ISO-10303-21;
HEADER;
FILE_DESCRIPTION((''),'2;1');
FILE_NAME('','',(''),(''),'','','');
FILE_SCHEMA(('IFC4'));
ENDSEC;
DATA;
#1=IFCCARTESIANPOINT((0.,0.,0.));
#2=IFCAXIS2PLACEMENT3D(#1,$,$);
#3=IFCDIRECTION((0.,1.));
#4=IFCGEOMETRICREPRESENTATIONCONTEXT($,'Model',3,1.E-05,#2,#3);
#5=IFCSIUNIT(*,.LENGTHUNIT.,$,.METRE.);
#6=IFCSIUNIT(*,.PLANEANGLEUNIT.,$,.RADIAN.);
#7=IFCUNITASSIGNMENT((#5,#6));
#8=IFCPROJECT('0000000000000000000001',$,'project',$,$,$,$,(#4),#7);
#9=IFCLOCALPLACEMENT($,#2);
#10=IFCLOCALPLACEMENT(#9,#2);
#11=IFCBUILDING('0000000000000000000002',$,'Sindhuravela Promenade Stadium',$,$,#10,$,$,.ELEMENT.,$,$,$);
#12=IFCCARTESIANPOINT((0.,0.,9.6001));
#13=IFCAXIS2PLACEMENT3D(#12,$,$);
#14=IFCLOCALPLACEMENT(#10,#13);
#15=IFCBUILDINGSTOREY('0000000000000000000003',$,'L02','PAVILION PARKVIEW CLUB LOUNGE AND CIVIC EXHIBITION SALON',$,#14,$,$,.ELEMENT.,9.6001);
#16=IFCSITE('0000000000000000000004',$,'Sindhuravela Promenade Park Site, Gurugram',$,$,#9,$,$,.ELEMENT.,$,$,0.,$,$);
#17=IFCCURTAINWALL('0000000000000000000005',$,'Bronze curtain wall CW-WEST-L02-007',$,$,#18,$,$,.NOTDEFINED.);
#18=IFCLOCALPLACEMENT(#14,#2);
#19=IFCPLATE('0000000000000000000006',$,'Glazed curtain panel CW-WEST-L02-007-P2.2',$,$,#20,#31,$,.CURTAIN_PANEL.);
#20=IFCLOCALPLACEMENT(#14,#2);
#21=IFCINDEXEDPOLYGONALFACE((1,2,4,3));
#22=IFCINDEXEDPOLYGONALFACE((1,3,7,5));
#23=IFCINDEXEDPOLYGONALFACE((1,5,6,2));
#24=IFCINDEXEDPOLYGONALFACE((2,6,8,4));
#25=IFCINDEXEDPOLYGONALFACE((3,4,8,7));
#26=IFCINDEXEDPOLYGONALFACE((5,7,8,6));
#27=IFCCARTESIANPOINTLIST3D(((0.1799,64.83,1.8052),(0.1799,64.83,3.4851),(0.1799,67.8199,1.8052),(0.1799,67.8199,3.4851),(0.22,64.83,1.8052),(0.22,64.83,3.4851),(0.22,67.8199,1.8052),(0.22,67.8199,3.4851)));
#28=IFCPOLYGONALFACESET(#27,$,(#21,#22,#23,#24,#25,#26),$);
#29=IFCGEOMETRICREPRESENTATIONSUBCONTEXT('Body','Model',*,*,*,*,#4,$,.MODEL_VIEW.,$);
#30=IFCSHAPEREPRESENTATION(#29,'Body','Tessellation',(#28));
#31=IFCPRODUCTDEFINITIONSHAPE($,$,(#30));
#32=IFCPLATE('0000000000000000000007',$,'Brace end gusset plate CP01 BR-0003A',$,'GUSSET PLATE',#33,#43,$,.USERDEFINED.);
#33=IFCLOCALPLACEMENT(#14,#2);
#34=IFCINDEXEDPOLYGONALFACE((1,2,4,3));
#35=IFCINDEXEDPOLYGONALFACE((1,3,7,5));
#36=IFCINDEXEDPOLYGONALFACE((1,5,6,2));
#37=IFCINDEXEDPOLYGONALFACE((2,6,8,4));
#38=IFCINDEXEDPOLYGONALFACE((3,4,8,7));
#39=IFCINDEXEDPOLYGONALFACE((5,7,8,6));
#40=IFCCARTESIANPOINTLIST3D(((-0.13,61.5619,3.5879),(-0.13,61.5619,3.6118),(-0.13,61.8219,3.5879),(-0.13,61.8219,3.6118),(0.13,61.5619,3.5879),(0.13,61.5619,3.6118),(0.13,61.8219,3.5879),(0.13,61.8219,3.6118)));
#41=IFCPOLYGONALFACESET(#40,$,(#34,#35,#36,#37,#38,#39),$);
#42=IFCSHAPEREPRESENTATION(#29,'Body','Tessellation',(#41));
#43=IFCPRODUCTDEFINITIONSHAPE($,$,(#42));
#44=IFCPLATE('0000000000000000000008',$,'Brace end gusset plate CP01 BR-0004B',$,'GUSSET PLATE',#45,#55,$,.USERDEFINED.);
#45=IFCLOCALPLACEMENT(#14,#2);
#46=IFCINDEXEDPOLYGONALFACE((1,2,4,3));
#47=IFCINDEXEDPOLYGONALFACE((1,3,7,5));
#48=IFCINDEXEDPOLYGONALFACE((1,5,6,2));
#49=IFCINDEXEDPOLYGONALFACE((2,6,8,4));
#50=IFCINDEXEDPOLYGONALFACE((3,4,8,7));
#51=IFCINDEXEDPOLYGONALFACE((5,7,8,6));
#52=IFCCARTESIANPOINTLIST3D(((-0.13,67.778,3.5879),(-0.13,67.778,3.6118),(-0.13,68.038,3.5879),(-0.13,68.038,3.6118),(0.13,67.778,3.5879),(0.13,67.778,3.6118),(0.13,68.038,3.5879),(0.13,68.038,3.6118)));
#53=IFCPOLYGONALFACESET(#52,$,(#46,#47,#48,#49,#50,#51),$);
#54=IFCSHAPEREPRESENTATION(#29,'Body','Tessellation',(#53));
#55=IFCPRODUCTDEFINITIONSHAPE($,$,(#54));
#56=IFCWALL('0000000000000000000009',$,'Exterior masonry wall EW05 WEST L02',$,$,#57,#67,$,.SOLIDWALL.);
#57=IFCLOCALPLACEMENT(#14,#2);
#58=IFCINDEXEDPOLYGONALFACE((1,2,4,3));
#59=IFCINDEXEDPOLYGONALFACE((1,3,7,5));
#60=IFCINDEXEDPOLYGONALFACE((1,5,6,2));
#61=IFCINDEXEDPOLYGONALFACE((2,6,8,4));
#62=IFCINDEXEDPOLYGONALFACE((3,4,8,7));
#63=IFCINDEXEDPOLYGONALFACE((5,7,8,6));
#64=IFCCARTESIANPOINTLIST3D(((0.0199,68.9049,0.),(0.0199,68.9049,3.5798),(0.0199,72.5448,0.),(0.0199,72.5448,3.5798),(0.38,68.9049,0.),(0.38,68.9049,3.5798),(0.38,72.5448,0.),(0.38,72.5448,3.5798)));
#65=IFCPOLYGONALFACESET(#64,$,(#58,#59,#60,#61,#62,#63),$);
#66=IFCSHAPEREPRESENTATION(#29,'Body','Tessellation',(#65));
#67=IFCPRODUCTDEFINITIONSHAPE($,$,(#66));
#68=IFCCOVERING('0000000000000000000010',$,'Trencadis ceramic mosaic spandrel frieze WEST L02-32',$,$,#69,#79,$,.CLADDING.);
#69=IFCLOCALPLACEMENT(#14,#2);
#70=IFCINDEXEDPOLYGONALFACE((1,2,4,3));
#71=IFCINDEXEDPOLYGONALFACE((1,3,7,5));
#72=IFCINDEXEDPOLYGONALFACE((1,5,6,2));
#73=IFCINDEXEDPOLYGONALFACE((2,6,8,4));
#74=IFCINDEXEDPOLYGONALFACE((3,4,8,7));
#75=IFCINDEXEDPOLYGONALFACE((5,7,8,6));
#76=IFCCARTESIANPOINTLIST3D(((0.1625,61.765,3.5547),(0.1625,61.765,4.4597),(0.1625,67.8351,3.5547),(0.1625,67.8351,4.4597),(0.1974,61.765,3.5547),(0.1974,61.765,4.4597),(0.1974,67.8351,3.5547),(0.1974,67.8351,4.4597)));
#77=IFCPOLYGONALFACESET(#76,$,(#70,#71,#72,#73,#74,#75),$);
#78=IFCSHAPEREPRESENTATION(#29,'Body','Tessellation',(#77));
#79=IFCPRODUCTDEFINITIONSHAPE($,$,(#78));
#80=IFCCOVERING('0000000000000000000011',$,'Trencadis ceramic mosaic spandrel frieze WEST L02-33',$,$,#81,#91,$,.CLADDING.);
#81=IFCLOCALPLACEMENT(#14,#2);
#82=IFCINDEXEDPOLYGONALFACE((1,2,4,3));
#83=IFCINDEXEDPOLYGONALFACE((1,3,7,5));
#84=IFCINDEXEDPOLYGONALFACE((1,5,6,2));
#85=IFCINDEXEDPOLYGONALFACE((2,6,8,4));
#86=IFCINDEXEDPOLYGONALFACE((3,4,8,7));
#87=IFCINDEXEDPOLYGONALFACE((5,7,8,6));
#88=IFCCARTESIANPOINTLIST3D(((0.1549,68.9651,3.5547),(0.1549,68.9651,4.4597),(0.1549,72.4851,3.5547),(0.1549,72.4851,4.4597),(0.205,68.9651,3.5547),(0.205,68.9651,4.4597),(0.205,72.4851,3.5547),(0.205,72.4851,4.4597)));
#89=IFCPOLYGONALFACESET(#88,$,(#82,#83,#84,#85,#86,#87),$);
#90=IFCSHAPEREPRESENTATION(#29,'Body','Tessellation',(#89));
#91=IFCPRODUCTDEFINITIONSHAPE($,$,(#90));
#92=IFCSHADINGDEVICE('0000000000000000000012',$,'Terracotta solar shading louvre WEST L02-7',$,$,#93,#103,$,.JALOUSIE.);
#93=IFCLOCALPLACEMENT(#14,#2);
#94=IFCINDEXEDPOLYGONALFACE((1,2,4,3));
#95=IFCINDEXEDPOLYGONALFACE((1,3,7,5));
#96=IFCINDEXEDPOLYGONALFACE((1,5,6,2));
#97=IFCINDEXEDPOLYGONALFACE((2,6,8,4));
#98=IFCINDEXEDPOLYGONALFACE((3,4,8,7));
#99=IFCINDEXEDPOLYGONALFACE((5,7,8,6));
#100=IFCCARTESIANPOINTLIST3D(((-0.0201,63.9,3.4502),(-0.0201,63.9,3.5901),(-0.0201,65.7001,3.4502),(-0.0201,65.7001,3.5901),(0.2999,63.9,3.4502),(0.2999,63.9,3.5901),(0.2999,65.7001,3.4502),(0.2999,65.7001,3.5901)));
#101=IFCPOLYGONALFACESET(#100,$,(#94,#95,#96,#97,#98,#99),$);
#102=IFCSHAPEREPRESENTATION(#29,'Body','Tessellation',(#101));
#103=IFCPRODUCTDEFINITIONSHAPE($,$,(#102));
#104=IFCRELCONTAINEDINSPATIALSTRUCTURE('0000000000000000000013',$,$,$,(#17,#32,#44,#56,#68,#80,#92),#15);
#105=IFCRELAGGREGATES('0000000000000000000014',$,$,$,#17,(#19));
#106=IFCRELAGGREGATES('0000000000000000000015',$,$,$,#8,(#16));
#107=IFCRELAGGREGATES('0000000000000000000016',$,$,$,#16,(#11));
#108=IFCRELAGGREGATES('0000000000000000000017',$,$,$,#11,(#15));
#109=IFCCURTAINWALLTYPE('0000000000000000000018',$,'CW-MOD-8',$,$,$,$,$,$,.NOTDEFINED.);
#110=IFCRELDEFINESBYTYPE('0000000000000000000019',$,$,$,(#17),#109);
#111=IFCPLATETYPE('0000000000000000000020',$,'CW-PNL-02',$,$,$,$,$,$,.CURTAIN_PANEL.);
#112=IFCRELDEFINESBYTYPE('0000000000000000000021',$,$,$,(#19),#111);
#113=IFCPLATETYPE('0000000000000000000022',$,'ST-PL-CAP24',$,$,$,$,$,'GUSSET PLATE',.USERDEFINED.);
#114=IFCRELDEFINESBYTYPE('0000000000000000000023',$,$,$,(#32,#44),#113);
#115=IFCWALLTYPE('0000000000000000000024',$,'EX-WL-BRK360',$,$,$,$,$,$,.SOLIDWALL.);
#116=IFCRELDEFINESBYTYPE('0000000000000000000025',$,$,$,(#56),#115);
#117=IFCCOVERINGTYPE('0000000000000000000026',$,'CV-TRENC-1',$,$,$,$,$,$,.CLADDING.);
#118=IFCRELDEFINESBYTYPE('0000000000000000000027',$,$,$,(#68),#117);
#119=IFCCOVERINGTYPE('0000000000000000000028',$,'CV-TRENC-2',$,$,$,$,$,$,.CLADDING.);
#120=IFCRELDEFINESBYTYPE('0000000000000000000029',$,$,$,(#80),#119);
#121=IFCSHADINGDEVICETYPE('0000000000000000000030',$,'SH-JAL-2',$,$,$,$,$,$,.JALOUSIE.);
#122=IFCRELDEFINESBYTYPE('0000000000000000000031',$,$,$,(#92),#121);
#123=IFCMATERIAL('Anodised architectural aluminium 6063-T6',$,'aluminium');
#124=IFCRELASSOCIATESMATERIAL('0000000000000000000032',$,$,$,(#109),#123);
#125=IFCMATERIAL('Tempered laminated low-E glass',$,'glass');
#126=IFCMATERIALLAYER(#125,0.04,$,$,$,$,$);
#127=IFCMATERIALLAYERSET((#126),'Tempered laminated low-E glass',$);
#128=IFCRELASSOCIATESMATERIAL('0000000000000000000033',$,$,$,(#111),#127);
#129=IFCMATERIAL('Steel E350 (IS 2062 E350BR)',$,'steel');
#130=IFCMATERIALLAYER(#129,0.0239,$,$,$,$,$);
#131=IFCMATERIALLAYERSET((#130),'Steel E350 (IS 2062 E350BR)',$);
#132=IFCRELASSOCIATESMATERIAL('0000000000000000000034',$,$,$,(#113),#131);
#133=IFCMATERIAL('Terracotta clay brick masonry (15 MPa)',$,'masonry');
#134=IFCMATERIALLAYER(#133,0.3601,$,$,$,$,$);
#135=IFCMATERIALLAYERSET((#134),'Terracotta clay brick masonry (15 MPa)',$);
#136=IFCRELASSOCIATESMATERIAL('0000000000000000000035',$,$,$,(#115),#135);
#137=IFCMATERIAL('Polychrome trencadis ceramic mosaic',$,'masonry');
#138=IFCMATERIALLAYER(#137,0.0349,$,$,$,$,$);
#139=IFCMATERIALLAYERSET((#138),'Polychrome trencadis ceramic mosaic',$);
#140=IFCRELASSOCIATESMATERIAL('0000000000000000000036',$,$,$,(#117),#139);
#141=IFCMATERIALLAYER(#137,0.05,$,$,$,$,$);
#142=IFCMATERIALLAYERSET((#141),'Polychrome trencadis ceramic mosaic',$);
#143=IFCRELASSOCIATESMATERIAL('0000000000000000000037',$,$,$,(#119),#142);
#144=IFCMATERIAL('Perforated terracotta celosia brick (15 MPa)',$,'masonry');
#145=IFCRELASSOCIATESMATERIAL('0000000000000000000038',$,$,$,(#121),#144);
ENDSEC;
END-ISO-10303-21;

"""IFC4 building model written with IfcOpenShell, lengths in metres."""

from ifc_helpers import new_model, si_unit, direction, frame, frame_2d, origin, origin_2d, place, context, subcontext, project, spatial, rectangle, extrude, material, layer, layer_set, type_object, element, aggregate, save


model = new_model("IFC4")

# Units and contexts
model_context = context("Model", 3, precision=1e-05, world=origin(), true_north=direction((0.0, 1.0)))
body_context = subcontext(model_context, "Body", "Model", "MODEL_VIEW")
ifc_project = project(units=[si_unit("LENGTHUNIT", "METRE"), si_unit("PLANEANGLEUNIT", "RADIAN")], contexts=[model_context])

# Site, building, storey
site_placement = place(None, origin())
site = spatial("IfcSite", under=ifc_project, at=site_placement, Name="Sindhuravela Promenade Park Site, Gurugram", CompositionType="ELEMENT", RefElevation=0.0)
building_placement = place(site_placement, origin())
building = spatial("IfcBuilding", under=site, at=building_placement, Name="Sindhuravela Promenade Stadium", CompositionType="ELEMENT")
storey_placement = place(building_placement, frame((0.0, 0.0, 9.6001)))
storey = spatial("IfcBuildingStorey", under=building, at=storey_placement, Name="L02", Description="PAVILION PARKVIEW CLUB LOUNGE AND CIVIC EXHIBITION SALON", CompositionType="ELEMENT", Elevation=9.6001)

# Curtain wall
ifc_material_1 = material(Name="Anodised architectural aluminium 6063-T6", Category="aluminium")
curtain_wall_type = type_object("IfcCurtainWallType", Name="CW-MOD-8", PredefinedType="NOTDEFINED", material=ifc_material_1)
curtain_wall_placement = place(storey_placement, origin())
curtain_wall = element("IfcCurtainWall", 1, at=curtain_wall_placement, inside=storey, type_object=curtain_wall_type, Name="Bronze curtain wall CW-WEST-L02-007", PredefinedType="NOTDEFINED")

# Shared definitions
ifc_material_2 = material(Name="Steel E350 (IS 2062 E350BR)", Category="steel")

# Plate
ifc_material_3 = material(Name="Tempered laminated low-E glass", Category="glass")
ifc_layer_1 = layer(ifc_material_3, 0.04)
ifc_layer_set_1 = layer_set([ifc_layer_1], Name="Tempered laminated low-E glass")
plate_type_1 = type_object("IfcPlateType", Name="CW-PNL-02", PredefinedType="CURTAIN_PANEL", material=ifc_layer_set_1)
plate_1_placement = place(storey_placement, frame((0.2, 66.325, 1.8052), z_axis=(0.0, 0.0, 1.0), x_axis=(0.0, 1.0, 0.0)))
plate_1 = element("IfcPlate", 2, at=plate_1_placement, type_object=plate_type_1, Name="Glazed curtain panel CW-WEST-L02-007-P2.2", PredefinedType="CURTAIN_PANEL", context=body_context, shape_type="SweptSolid", body=[
    extrude(rectangle(XDim=2.99, YDim=0.04, at=origin_2d()), origin(), (0.0, 0.0, 1.0), 1.6799),
])
aggregate(curtain_wall, [plate_1])

# Plates
ifc_layer_2 = layer(ifc_material_2, 0.0239)
ifc_layer_set_2 = layer_set([ifc_layer_2], Name="Steel E350 (IS 2062 E350BR)")
plate_type_2 = type_object("IfcPlateType", Name="ST-PL-CAP24", ElementType="GUSSET PLATE", PredefinedType="USERDEFINED", material=ifc_layer_set_2)
for number, where, z_axis, x_axis, name in (
    (3, (0.0, 61.6919, 3.5879), (0.0, 0.0, 1.0), (1.0, 0.0, 0.0), "Brace end gusset plate CP01 BR-0003A"),
    (4, (0.0, 67.908, 3.5879), (0.0, 0.0, 1.0), (1.0, 0.0, 0.0), "Brace end gusset plate CP01 BR-0004B"),
):
    element("IfcPlate", number, at=place(storey_placement, frame(where, z_axis=z_axis, x_axis=x_axis)), inside=storey, type_object=plate_type_2, Name=name, ObjectType="GUSSET PLATE", PredefinedType="USERDEFINED", context=body_context, shape_type="SweptSolid", body=[
        extrude(rectangle(XDim=0.26, YDim=0.26, at=origin_2d()), origin(), (0.0, 0.0, 1.0), 0.0239),
    ])

# Wall
ifc_material_4 = material(Name="Terracotta clay brick masonry (15 MPa)", Category="masonry")
ifc_layer_3 = layer(ifc_material_4, 0.3601)
ifc_layer_set_3 = layer_set([ifc_layer_3], Name="Terracotta clay brick masonry (15 MPa)")
wall_type = type_object("IfcWallType", Name="EX-WL-BRK360", PredefinedType="SOLIDWALL", material=ifc_layer_set_3)
wall_placement = place(storey_placement, frame((0.2, 68.905, 0.0), z_axis=(0.0, 0.0, 1.0), x_axis=(0.0, 1.0, 0.0)))
element("IfcWall", 5, at=wall_placement, inside=storey, type_object=wall_type, Name="Exterior masonry wall EW05 WEST L02", PredefinedType="SOLIDWALL", context=body_context, shape_type="SweptSolid", body=[
    extrude(rectangle(XDim=3.6399, YDim=0.3601, at=frame_2d((1.8198, 0.0))), origin(), (0.0, 0.0, 1.0), 3.5798),
])

# Coverings
ifc_material_5 = material(Name="Polychrome trencadis ceramic mosaic", Category="masonry")
ifc_layer_4 = layer(ifc_material_5, 0.0349)
ifc_layer_set_4 = layer_set([ifc_layer_4], Name="Polychrome trencadis ceramic mosaic")
covering_type_1 = type_object("IfcCoveringType", Name="CV-TRENC-1", PredefinedType="CLADDING", material=ifc_layer_set_4)
covering_1_placement = place(storey_placement, frame((0.1799, 64.8, 3.5547), z_axis=(0.0, 0.0, 1.0), x_axis=(0.0, 1.0, 0.0)))
element("IfcCovering", 6, at=covering_1_placement, inside=storey, type_object=covering_type_1, Name="Trencadis ceramic mosaic spandrel frieze WEST L02-32", PredefinedType="CLADDING", context=body_context, shape_type="SweptSolid", body=[
    extrude(rectangle(XDim=6.0701, YDim=0.0349, at=origin_2d()), origin(), (0.0, 0.0, 1.0), 0.905),
])
ifc_layer_5 = layer(ifc_material_5, 0.05)
ifc_layer_set_5 = layer_set([ifc_layer_5], Name="Polychrome trencadis ceramic mosaic")
covering_type_2 = type_object("IfcCoveringType", Name="CV-TRENC-2", PredefinedType="CLADDING", material=ifc_layer_set_5)
covering_2_placement = place(storey_placement, frame((0.1799, 70.7251, 3.5547), z_axis=(0.0, 0.0, 1.0), x_axis=(0.0, 1.0, 0.0)))
element("IfcCovering", 7, at=covering_2_placement, inside=storey, type_object=covering_type_2, Name="Trencadis ceramic mosaic spandrel frieze WEST L02-33", PredefinedType="CLADDING", context=body_context, shape_type="SweptSolid", body=[
    extrude(rectangle(XDim=3.52, YDim=0.05, at=origin_2d()), origin(), (0.0, 0.0, 1.0), 0.905),
])

# Shading device
ifc_material_6 = material(Name="Perforated terracotta celosia brick (15 MPa)", Category="masonry")
shading_device_type = type_object("IfcShadingDeviceType", Name="SH-JAL-2", PredefinedType="JALOUSIE", material=ifc_material_6)
shading_device_placement = place(storey_placement, frame((0.1399, 64.8, 3.4502), z_axis=(0.0, 0.0, 1.0), x_axis=(0.0, 1.0, 0.0)))
element("IfcShadingDevice", 8, at=shading_device_placement, inside=storey, type_object=shading_device_type, Name="Terracotta solar shading louvre WEST L02-7", PredefinedType="JALOUSIE", context=body_context, shape_type="SweptSolid", body=[
    extrude(rectangle(XDim=1.8, YDim=0.3201, at=origin_2d()), origin(), (0.0, 0.0, 1.0), 0.1399),
])

save(model, "model.ifc")
